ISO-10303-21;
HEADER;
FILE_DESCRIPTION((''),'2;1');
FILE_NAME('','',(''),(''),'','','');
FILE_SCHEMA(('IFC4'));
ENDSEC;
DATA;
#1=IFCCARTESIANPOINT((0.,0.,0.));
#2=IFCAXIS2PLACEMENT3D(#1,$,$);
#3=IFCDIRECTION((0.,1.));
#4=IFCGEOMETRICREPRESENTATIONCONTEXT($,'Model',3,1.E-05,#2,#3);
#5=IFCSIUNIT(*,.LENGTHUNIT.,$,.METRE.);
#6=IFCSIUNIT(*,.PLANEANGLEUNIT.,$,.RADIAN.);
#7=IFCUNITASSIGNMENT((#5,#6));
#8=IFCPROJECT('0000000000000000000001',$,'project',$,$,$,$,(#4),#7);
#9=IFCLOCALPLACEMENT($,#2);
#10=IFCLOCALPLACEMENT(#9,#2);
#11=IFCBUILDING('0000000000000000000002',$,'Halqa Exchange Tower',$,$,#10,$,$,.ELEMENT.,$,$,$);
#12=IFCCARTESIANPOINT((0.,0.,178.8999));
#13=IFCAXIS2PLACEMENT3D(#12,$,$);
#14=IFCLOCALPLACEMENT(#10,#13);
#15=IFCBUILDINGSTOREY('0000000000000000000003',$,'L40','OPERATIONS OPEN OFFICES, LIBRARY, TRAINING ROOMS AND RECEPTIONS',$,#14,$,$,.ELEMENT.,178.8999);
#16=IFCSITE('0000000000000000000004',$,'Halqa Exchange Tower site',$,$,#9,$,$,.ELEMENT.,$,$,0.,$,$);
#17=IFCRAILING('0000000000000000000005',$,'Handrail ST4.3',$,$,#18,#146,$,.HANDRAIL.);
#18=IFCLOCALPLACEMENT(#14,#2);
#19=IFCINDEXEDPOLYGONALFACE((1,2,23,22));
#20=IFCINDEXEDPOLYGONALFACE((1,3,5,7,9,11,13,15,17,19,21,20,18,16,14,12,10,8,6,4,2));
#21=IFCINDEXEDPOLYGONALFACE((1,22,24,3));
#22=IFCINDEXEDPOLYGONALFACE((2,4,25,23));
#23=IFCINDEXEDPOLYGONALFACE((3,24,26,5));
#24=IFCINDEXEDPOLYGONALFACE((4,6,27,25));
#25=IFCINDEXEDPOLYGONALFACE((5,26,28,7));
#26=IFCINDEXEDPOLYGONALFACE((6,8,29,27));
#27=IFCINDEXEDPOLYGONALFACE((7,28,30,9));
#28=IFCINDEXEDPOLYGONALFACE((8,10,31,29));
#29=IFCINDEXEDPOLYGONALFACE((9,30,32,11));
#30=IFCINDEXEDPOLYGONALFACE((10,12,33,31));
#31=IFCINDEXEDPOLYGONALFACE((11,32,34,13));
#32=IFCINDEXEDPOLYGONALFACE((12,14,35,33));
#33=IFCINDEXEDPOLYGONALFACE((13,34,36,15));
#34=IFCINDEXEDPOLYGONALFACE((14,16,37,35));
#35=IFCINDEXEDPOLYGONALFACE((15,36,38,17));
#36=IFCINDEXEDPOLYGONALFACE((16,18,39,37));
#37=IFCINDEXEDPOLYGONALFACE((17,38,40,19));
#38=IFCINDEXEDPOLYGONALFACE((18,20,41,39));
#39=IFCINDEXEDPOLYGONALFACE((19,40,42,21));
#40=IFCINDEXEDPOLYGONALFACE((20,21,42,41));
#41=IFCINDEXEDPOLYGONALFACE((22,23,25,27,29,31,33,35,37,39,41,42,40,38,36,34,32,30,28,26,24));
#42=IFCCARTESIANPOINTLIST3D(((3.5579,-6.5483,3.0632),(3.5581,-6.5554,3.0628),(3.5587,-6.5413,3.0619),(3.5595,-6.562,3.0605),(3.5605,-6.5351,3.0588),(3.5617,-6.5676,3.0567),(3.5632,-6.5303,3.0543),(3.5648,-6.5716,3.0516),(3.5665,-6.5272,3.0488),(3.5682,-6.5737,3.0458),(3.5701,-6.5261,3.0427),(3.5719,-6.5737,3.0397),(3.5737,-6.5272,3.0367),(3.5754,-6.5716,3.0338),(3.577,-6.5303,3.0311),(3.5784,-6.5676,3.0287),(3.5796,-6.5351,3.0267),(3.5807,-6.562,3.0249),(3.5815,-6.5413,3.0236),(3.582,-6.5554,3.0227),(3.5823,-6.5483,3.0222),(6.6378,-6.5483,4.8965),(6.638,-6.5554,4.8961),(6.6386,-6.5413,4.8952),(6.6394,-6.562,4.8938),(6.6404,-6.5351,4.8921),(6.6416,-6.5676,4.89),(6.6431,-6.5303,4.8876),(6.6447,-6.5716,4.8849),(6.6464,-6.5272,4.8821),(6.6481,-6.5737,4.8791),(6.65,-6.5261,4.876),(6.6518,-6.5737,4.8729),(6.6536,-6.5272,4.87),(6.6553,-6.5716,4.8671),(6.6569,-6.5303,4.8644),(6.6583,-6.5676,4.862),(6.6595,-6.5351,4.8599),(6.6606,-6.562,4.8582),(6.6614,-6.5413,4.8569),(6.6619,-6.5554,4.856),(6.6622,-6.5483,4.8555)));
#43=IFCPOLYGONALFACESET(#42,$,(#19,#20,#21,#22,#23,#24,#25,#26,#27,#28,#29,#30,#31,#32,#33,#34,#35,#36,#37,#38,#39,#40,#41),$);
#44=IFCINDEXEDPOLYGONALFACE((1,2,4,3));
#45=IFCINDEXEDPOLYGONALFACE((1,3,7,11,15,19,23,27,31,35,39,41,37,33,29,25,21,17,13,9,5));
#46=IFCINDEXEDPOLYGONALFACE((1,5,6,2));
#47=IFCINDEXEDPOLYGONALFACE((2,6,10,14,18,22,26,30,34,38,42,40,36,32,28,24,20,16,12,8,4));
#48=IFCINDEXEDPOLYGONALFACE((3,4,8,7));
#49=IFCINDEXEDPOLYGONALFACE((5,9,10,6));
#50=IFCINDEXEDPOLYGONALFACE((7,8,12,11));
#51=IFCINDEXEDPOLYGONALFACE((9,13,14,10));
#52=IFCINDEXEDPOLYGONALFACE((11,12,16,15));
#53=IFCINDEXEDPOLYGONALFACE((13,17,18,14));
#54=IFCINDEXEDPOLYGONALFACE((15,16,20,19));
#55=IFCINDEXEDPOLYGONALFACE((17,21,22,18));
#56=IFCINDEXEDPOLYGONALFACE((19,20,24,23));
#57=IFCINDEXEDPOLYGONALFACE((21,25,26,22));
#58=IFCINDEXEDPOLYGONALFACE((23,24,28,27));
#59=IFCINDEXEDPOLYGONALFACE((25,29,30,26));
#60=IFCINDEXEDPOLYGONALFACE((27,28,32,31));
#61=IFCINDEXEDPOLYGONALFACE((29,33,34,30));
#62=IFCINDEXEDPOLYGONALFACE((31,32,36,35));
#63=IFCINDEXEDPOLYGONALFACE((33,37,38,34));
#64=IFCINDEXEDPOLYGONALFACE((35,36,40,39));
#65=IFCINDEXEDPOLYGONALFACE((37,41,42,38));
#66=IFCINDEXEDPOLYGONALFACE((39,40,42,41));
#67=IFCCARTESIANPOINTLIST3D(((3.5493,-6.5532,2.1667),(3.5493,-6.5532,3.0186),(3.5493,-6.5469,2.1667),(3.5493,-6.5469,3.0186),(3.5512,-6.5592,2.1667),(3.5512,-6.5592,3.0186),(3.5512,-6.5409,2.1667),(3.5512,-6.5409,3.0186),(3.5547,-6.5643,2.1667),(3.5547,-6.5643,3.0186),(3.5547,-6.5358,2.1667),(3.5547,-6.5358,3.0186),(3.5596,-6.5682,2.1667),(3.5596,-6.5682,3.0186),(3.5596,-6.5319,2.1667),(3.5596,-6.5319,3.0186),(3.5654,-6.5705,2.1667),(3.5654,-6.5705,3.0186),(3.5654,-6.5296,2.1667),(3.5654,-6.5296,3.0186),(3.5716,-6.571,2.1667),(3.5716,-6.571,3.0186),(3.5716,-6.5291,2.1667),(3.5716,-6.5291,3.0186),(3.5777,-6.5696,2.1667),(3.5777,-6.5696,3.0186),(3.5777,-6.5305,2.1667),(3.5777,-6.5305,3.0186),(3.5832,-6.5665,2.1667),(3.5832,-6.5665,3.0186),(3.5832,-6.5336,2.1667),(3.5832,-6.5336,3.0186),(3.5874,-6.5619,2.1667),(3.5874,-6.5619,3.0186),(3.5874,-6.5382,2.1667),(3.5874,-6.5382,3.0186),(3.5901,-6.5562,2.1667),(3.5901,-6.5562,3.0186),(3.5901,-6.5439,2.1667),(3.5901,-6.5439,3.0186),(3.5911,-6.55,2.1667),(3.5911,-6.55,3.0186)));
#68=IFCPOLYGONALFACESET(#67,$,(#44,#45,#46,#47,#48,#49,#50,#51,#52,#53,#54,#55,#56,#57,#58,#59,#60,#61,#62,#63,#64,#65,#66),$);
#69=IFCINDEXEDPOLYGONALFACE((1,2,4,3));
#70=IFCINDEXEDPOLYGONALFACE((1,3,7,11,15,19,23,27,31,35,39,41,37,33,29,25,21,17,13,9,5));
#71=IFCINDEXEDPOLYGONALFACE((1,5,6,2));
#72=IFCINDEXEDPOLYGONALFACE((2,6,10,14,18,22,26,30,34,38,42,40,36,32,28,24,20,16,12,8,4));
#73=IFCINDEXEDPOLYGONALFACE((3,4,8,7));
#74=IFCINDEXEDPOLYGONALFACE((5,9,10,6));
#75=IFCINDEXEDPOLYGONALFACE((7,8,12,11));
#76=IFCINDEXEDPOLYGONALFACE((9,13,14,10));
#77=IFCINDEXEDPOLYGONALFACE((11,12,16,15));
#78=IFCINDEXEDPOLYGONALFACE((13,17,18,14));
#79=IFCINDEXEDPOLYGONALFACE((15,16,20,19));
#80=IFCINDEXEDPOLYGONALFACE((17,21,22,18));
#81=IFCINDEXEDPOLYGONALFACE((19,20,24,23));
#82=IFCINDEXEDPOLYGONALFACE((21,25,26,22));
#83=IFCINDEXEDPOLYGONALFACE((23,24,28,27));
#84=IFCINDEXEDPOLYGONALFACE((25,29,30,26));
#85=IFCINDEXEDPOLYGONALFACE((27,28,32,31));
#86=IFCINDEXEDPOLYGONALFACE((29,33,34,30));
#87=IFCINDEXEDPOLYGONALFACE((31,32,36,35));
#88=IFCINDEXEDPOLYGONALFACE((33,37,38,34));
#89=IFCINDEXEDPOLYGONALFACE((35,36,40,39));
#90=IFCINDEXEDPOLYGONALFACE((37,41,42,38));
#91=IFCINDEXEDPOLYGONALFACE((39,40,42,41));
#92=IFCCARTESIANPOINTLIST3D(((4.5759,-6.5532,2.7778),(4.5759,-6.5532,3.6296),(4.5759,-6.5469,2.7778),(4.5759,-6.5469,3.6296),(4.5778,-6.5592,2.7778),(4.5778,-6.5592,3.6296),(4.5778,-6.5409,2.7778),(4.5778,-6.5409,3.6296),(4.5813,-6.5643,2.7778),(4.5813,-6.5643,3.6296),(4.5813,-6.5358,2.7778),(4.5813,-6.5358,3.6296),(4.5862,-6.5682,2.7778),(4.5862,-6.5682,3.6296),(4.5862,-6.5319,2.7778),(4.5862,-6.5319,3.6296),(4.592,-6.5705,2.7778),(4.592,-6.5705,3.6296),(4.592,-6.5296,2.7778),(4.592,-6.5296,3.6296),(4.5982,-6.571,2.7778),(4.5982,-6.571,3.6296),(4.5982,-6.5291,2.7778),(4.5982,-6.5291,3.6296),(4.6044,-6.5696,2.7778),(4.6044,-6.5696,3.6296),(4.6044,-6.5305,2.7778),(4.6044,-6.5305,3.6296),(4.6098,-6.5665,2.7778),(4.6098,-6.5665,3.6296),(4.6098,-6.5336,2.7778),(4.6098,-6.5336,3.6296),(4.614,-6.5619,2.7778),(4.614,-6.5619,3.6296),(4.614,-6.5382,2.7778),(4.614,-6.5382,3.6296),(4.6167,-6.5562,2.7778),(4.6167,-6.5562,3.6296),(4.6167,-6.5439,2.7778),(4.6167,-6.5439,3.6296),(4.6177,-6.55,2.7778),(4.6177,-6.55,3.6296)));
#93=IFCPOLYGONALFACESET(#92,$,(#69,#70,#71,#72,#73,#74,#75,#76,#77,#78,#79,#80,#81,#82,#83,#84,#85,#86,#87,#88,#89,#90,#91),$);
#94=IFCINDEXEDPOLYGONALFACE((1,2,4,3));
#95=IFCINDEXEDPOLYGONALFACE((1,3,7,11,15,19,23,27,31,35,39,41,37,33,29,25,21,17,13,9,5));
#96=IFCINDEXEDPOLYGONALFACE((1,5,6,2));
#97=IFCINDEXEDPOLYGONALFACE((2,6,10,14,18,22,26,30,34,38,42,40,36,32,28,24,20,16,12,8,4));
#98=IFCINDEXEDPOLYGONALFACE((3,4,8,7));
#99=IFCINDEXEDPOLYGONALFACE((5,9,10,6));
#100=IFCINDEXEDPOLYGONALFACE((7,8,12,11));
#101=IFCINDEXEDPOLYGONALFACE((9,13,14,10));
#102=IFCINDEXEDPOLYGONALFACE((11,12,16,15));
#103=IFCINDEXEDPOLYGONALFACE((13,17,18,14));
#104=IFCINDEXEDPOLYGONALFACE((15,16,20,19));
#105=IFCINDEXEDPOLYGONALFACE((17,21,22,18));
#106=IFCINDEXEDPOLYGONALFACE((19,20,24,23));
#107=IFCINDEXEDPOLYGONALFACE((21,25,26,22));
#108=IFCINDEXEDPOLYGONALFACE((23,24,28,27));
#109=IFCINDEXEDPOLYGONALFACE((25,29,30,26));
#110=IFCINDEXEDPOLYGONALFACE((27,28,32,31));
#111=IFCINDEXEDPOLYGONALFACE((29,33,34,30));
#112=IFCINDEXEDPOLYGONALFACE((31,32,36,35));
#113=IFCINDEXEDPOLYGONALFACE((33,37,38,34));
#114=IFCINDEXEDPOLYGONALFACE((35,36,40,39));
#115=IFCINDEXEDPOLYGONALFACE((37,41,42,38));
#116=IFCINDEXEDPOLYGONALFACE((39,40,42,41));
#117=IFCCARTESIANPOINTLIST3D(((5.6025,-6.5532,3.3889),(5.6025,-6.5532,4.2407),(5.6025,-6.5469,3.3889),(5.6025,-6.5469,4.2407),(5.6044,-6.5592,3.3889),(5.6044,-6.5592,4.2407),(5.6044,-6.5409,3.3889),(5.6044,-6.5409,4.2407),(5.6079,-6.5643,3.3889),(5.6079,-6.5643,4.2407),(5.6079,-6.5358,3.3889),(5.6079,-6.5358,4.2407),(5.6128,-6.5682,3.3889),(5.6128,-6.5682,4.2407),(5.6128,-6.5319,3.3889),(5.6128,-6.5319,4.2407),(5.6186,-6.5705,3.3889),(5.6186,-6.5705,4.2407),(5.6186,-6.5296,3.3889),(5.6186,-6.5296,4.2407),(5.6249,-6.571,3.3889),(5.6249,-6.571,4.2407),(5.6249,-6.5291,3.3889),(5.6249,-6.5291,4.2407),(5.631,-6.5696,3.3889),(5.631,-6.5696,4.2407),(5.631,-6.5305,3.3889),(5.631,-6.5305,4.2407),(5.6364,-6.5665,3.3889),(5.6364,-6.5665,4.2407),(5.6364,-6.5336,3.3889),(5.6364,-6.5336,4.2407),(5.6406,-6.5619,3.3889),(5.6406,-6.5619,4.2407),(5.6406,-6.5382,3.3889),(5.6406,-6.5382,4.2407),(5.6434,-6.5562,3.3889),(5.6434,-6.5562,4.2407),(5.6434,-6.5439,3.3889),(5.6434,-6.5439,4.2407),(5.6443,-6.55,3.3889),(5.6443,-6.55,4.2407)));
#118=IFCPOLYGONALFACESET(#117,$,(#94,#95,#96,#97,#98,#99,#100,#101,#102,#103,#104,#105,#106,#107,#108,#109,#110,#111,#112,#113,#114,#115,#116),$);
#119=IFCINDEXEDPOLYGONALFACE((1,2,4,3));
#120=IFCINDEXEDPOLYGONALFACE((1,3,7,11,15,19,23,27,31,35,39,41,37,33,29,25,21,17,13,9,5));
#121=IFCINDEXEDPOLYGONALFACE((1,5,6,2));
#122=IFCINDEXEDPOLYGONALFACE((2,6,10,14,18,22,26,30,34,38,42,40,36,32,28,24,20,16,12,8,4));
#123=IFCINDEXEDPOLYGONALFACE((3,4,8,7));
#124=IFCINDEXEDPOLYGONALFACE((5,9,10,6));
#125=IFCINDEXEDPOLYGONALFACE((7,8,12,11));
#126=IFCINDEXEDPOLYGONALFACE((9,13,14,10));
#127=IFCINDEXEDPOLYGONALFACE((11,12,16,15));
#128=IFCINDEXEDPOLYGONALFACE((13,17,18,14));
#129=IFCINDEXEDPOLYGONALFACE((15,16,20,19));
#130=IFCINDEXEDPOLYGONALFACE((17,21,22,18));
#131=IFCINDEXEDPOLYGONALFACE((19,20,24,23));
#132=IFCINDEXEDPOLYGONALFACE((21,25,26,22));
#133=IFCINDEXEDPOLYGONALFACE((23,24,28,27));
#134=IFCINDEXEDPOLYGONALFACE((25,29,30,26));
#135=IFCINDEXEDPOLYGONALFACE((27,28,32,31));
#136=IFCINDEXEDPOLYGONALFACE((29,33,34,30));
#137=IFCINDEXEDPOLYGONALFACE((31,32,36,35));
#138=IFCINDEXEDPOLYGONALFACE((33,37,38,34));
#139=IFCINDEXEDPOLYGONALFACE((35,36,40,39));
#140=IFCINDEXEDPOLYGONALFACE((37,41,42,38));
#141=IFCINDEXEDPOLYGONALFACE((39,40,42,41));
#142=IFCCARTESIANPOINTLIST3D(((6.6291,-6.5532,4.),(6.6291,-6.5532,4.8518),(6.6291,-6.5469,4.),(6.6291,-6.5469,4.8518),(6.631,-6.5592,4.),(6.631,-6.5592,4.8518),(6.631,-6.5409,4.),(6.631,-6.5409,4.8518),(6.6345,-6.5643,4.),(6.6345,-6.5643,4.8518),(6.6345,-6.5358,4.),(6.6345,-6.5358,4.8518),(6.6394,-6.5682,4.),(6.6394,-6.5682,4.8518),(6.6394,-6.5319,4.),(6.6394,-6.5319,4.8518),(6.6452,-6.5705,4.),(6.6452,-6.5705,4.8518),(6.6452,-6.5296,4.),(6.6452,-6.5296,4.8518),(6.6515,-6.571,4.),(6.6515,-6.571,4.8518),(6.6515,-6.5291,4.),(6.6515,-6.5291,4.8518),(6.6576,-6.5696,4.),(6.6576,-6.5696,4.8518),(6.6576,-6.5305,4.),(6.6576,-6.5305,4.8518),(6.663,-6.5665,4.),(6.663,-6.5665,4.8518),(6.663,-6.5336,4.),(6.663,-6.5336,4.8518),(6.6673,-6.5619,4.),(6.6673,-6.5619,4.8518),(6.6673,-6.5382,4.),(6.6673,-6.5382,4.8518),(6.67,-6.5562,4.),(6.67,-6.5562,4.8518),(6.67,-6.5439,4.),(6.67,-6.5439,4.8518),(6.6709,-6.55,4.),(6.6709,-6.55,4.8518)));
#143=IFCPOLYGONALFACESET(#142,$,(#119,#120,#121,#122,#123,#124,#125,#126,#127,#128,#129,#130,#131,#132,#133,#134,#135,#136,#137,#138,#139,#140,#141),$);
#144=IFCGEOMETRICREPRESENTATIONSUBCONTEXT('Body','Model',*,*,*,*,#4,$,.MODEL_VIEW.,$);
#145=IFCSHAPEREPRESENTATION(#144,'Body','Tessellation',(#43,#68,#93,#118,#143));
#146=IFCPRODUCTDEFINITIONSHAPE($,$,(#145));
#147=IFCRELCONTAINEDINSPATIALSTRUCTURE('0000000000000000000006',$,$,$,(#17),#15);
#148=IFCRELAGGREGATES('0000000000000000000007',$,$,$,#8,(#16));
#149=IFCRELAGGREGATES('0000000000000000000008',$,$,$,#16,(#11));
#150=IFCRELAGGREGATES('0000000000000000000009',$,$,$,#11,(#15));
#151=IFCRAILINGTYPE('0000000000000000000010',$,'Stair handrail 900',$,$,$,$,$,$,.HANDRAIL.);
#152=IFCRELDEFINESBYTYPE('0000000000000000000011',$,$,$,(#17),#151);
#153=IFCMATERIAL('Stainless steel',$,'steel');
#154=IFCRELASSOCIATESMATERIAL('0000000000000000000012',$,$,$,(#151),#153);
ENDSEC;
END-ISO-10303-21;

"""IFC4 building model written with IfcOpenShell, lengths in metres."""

from ifc_helpers import new_model, si_unit, direction, frame, origin, origin_2d, place, context, subcontext, project, spatial, circle, extrude, material, type_object, element, save


model = new_model("IFC4")

# Units and contexts
model_context = context("Model", 3, precision=1e-05, world=origin(), true_north=direction((0.0, 1.0)))
body_context = subcontext(model_context, "Body", "Model", "MODEL_VIEW")
ifc_project = project(units=[si_unit("LENGTHUNIT", "METRE"), si_unit("PLANEANGLEUNIT", "RADIAN")], contexts=[model_context])

# Site, building, storey
site_placement = place(None, origin())
site = spatial("IfcSite", under=ifc_project, at=site_placement, Name="Halqa Exchange Tower site", CompositionType="ELEMENT", RefElevation=0.0)
building_placement = place(site_placement, origin())
building = spatial("IfcBuilding", under=site, at=building_placement, Name="Halqa Exchange Tower", CompositionType="ELEMENT")
storey_placement = place(building_placement, frame((0.0, 0.0, 178.8999)))
storey = spatial("IfcBuildingStorey", under=building, at=storey_placement, Name="L40", Description="OPERATIONS OPEN OFFICES, LIBRARY, TRAINING ROOMS AND RECEPTIONS", CompositionType="ELEMENT", Elevation=178.8999)

# Railing
ifc_material_1 = material(Name="Stainless steel", Category="steel")
railing_type_1 = type_object("IfcRailingType", Name="Stair handrail 900", PredefinedType="HANDRAIL", material=ifc_material_1)
railing_1_placement = place(storey_placement, frame((3.5701, -6.55, 2.1667)))
element("IfcRailing", 1, at=railing_1_placement, inside=storey, type_object=railing_type_1, Name="Handrail ST4.3", PredefinedType="HANDRAIL", context=body_context, shape_type="SweptSolid", body=[
    extrude(circle(Radius=0.0239, at=origin_2d()), frame((0.0, 0.0, 0.876), z_axis=(0.859291, 0.0, 0.511487), x_axis=(0.0, 1.0, 0.0)), (0.0, 0.0, 1.0), 3.5842),
    extrude(circle(Radius=0.021, at=origin_2d()), origin(), (0.0, 0.0, 1.0), 0.8518),
    extrude(circle(Radius=0.021, at=origin_2d()), frame((1.0266, 0.0, 0.6111)), (0.0, 0.0, 1.0), 0.8518),
    extrude(circle(Radius=0.021, at=origin_2d()), frame((2.0532, 0.0, 1.2222)), (0.0, 0.0, 1.0), 0.8518),
    extrude(circle(Radius=0.021, at=origin_2d()), frame((3.0798, 0.0, 1.8333)), (0.0, 0.0, 1.0), 0.8518),
])

save(model, "model.ifc")
